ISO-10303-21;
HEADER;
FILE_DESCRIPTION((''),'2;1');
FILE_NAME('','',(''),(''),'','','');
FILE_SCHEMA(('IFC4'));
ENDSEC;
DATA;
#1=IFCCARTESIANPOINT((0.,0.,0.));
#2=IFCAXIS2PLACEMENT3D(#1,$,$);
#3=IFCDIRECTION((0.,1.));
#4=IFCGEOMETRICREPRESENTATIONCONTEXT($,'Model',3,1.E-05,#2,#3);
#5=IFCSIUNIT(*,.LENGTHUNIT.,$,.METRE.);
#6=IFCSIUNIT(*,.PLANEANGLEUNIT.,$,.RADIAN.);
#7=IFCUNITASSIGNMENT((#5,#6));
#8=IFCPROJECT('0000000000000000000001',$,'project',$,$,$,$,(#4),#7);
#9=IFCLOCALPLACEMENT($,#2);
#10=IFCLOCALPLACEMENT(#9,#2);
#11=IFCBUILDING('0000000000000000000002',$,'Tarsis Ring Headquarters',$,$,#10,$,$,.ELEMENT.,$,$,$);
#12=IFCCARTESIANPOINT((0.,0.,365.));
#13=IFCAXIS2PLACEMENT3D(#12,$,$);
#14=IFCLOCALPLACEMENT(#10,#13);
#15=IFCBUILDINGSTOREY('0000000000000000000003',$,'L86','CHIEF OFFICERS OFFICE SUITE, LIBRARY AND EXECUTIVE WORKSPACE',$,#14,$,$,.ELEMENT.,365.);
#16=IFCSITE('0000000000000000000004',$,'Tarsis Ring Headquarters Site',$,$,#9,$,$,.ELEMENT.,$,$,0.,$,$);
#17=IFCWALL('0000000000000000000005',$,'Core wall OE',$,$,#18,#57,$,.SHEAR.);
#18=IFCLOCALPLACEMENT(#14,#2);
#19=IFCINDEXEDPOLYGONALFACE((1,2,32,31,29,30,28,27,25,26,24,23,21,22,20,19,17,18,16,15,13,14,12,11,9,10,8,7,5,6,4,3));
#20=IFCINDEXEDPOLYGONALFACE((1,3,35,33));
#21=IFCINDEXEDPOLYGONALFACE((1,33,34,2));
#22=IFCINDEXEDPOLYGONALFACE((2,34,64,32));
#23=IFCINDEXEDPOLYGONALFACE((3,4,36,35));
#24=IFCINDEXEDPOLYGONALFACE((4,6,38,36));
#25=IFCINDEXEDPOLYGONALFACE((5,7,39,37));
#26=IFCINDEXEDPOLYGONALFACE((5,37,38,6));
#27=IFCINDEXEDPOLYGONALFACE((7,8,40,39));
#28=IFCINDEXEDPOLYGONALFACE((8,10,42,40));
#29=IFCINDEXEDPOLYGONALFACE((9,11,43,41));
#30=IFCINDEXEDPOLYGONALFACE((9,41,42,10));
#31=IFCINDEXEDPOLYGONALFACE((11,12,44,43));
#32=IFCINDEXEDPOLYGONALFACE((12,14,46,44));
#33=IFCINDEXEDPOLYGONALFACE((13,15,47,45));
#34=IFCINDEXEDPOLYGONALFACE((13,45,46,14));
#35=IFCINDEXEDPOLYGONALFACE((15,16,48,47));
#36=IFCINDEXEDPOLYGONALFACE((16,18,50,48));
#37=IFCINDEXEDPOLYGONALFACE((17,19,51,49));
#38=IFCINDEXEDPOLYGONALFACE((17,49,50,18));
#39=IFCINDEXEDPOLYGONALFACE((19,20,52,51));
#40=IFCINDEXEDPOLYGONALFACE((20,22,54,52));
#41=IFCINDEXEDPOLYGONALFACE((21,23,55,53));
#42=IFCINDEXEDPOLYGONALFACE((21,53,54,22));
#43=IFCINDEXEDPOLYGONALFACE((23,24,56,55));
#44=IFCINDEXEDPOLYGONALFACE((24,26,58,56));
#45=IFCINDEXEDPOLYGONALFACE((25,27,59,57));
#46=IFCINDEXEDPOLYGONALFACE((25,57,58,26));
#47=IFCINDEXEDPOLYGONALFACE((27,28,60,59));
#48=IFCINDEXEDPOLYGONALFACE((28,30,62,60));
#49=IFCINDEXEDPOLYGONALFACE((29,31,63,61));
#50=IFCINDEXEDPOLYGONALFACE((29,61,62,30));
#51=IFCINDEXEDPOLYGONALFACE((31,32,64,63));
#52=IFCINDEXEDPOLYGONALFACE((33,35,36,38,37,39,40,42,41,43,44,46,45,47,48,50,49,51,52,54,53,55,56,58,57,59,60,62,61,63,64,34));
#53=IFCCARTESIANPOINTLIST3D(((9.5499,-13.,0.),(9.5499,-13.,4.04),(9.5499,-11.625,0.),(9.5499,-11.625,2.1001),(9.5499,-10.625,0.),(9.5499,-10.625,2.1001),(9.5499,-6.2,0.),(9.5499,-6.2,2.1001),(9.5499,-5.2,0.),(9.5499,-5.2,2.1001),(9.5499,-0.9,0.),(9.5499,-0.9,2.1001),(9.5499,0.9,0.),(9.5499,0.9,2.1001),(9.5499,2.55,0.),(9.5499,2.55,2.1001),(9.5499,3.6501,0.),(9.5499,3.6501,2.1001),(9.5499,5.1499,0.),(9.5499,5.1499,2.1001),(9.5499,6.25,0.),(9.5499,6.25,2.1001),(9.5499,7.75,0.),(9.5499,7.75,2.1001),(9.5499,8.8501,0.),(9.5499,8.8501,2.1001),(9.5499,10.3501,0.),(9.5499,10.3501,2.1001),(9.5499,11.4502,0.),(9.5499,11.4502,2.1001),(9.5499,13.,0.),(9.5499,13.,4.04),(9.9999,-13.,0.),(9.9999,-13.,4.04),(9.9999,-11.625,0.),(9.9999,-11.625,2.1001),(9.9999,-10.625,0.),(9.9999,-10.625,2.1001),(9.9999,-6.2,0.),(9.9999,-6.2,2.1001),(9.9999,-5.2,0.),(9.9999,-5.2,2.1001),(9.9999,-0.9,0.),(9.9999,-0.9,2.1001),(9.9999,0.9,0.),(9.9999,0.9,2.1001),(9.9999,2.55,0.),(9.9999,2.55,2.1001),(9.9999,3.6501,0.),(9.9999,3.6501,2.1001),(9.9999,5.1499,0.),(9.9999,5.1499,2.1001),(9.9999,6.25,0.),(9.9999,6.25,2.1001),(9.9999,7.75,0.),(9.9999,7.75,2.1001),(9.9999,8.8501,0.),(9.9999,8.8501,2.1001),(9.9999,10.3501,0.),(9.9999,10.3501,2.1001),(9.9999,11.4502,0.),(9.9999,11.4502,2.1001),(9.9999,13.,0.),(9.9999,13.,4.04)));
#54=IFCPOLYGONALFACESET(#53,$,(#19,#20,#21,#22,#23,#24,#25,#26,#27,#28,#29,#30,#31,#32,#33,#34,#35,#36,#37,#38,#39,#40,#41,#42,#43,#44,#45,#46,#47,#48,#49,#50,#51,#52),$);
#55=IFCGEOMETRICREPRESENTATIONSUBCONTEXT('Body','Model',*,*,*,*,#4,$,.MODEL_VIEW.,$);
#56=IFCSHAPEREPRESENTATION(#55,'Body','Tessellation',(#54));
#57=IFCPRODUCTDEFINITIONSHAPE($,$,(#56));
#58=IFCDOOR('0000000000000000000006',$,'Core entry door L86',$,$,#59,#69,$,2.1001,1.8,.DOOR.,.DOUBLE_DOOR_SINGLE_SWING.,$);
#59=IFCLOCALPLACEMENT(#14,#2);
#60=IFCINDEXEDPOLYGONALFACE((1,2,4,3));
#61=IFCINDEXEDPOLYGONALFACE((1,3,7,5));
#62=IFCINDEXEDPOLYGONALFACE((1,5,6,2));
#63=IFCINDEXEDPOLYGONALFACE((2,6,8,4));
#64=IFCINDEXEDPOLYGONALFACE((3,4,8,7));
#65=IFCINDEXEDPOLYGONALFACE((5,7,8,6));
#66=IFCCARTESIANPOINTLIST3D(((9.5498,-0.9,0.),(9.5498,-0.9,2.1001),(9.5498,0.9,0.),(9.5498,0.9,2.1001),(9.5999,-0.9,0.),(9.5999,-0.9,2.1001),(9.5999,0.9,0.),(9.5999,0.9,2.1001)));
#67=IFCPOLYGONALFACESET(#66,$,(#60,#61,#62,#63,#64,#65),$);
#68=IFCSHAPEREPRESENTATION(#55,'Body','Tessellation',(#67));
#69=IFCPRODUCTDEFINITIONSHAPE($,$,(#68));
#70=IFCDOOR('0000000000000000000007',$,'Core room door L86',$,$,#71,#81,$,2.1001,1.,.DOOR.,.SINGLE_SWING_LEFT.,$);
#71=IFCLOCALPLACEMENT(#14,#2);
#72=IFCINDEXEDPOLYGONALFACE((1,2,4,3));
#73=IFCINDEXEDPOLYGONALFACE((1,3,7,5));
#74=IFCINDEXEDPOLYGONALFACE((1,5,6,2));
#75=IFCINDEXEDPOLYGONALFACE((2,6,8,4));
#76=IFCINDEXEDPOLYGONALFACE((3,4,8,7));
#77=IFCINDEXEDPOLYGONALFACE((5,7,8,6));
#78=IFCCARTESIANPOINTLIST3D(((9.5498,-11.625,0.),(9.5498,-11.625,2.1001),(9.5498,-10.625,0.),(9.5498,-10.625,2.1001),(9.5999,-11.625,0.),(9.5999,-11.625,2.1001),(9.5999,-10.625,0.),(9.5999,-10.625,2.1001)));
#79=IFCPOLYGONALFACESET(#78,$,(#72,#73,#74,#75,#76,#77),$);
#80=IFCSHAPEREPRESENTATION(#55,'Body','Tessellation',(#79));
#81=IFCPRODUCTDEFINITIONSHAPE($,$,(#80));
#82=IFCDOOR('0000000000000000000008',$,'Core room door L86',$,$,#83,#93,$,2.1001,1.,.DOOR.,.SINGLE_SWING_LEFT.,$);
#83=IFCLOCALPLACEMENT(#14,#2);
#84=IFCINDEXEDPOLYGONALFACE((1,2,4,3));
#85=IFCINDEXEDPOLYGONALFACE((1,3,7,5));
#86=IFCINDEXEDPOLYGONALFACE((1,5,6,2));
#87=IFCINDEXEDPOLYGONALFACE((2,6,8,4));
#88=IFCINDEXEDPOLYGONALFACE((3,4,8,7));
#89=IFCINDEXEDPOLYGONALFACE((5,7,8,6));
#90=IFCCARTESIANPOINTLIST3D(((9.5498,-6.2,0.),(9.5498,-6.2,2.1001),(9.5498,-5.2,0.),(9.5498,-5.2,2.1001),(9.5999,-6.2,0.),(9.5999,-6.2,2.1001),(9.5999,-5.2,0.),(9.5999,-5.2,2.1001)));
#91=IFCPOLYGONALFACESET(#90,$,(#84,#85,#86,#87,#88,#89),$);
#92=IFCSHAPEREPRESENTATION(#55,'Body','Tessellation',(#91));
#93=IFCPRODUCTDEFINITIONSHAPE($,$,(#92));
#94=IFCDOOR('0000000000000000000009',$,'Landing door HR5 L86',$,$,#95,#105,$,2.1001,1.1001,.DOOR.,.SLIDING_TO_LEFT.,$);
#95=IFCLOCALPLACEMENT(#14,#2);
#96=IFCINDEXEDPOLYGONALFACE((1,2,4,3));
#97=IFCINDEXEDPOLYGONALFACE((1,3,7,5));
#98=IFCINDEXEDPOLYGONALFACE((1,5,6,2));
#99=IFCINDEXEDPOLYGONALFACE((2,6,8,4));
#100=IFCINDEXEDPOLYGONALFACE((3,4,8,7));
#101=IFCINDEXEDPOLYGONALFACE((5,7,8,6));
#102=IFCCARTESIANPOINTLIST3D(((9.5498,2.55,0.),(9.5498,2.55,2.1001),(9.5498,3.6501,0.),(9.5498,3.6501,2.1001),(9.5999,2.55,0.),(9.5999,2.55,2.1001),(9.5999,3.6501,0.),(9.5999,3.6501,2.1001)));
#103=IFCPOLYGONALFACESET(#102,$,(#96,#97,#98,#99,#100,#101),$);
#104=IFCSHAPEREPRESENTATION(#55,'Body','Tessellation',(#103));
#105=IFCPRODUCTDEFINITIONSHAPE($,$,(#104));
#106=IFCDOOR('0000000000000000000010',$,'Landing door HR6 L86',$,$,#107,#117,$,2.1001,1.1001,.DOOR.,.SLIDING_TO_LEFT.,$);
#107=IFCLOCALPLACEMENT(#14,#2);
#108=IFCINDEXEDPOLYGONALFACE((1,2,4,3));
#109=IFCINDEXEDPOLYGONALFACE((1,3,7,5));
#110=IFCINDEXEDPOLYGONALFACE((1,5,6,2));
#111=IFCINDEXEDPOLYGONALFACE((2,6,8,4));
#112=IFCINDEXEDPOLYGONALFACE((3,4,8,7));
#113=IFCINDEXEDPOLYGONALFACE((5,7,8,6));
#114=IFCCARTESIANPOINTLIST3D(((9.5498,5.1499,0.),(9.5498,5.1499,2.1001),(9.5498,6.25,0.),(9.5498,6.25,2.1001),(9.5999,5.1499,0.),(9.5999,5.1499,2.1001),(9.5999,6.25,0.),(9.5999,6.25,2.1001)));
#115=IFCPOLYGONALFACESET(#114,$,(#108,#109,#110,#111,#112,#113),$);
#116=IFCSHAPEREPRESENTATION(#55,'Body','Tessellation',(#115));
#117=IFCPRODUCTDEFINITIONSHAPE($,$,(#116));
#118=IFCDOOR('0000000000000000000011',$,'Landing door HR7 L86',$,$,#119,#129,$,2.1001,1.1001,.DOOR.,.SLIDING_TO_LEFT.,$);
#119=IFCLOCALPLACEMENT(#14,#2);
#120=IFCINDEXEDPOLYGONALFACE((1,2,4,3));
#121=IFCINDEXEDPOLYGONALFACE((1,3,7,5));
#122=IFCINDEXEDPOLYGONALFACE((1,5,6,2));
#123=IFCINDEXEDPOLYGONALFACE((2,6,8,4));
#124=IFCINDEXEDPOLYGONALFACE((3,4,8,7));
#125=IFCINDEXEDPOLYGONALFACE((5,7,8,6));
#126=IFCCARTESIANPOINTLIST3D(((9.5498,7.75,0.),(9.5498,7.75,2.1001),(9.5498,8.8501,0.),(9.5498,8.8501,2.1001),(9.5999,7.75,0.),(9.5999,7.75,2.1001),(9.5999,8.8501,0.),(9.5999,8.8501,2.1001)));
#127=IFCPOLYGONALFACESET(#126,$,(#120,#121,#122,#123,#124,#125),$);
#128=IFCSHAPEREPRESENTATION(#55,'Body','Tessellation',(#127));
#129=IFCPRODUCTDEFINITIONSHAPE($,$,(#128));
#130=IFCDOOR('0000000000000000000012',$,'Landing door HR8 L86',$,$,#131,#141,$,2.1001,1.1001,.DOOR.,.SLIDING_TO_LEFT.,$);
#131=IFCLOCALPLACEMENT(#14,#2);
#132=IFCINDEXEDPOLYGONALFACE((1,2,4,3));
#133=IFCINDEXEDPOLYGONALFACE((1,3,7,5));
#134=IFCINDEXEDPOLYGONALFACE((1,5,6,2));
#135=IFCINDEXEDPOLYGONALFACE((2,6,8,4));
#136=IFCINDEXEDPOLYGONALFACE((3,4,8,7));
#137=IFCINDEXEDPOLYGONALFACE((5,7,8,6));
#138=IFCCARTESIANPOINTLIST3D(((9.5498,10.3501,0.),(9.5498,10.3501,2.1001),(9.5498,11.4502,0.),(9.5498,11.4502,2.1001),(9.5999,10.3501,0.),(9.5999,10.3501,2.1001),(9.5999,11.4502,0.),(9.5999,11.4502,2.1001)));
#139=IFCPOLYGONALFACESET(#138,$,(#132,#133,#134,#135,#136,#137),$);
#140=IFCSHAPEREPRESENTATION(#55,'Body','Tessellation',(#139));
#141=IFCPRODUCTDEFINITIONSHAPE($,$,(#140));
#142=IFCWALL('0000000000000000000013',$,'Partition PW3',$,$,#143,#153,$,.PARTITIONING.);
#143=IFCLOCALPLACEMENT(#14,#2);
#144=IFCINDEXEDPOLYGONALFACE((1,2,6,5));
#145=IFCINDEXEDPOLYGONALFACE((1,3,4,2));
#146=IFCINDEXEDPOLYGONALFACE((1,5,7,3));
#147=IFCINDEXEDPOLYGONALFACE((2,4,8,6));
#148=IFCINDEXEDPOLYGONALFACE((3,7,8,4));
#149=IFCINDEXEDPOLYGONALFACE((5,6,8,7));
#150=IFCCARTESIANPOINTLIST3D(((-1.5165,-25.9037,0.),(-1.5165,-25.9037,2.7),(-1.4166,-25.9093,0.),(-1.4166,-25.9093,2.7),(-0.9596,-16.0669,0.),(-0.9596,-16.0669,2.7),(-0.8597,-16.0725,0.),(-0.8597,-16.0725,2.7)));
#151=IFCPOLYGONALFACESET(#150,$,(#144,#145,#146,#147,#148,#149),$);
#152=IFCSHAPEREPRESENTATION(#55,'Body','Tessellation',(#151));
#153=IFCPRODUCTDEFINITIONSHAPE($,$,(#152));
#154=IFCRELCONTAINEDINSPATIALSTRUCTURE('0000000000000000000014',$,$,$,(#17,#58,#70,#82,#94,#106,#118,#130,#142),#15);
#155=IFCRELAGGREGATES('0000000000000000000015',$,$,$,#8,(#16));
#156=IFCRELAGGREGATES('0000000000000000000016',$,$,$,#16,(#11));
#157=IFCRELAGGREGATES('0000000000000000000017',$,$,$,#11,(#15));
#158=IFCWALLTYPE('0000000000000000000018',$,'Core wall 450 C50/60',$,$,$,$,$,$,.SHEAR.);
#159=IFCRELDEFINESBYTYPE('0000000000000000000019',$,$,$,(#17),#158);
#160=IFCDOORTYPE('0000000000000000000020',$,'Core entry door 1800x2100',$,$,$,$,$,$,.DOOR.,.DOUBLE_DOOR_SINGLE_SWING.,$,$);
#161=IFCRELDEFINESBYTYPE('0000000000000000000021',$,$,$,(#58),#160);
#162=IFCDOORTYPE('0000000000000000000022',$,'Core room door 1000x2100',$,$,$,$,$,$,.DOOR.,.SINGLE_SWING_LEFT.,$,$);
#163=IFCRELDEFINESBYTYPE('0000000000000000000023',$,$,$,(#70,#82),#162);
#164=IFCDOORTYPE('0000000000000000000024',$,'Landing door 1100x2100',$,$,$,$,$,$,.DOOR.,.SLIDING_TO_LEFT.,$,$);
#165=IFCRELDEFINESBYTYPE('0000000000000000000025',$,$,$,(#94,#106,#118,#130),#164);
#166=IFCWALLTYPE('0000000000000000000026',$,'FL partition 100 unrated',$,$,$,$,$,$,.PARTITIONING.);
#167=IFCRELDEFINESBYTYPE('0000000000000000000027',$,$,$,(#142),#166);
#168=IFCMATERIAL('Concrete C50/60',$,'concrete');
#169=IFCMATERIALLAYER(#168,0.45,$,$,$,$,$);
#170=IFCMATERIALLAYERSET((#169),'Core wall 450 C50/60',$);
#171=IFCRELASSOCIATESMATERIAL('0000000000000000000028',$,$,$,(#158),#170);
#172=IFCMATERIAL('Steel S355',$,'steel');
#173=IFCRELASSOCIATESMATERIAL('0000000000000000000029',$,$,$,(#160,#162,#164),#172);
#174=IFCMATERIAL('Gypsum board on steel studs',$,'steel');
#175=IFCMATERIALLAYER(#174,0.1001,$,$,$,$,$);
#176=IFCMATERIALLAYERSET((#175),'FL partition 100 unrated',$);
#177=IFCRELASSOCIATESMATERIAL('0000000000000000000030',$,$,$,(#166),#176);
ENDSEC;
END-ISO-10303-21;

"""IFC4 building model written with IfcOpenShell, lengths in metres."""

from ifc_helpers import new_model, si_unit, direction, frame, frame_2d, origin, place, context, subcontext, project, spatial, rectangle, extrude, material, layer, layer_set, type_object, element, fill, save


model = new_model("IFC4")

# Units and contexts
model_context = context("Model", 3, precision=1e-05, world=origin(), true_north=direction((0.0, 1.0)))
body_context = subcontext(model_context, "Body", "Model", "MODEL_VIEW")
ifc_project = project(units=[si_unit("LENGTHUNIT", "METRE"), si_unit("PLANEANGLEUNIT", "RADIAN")], contexts=[model_context])

# Site, building, storey
site_placement = place(None, origin())
site = spatial("IfcSite", under=ifc_project, at=site_placement, Name="Tarsis Ring Headquarters Site", CompositionType="ELEMENT", RefElevation=0.0)
building_placement = place(site_placement, origin())
building = spatial("IfcBuilding", under=site, at=building_placement, Name="Tarsis Ring Headquarters", CompositionType="ELEMENT")
storey_placement = place(building_placement, frame((0.0, 0.0, 365.0)))
storey = spatial("IfcBuildingStorey", under=building, at=storey_placement, Name="L86", Description="CHIEF OFFICERS OFFICE SUITE, LIBRARY AND EXECUTIVE WORKSPACE", CompositionType="ELEMENT", Elevation=365.0)

# Wall, openings, doors
ifc_material_1 = material(Name="Concrete C50/60", Category="concrete")
ifc_layer_1 = layer(ifc_material_1, 0.45)
ifc_layer_set_1 = layer_set([ifc_layer_1], Name="Core wall 450 C50/60")
wall_type_1 = type_object("IfcWallType", Name="Core wall 450 C50/60", PredefinedType="SHEAR", material=ifc_layer_set_1)
wall_1_placement = place(storey_placement, frame((9.7749, -13.0, 0.0), z_axis=(0.0, 0.0, 1.0), x_axis=(0.0, 1.0, 0.0)))
wall_1 = element("IfcWall", 1, at=wall_1_placement, inside=storey, type_object=wall_type_1, Name="Core wall OE", PredefinedType="SHEAR", context=body_context, shape_type="SweptSolid", body=[
    extrude(rectangle(XDim=26.0, YDim=0.45, at=frame_2d((13.0, 0.0))), origin(), (0.0, 0.0, 1.0), 4.04),
])
opening_1_placement = place(wall_1_placement, frame((1.375, 0.0, 0.0)))
opening_1 = element("IfcOpeningElement", 2, at=opening_1_placement, cuts=wall_1, PredefinedType="OPENING", context=body_context, shape_type="SweptSolid", body=[
    extrude(rectangle(XDim=1.0, YDim=2.1001, at=frame_2d((0.5, 1.05))), frame((0.0, 0.2349, 0.0), z_axis=(0.0, -1.0, 0.0), x_axis=(1.0, 0.0, 0.0)), (0.0, 0.0, 1.0), 0.47),
])
opening_2_placement = place(wall_1_placement, frame((6.8, 0.0, 0.0)))
opening_2 = element("IfcOpeningElement", 3, at=opening_2_placement, cuts=wall_1, PredefinedType="OPENING", context=body_context, shape_type="SweptSolid", body=[
    extrude(rectangle(XDim=1.0, YDim=2.1001, at=frame_2d((0.5, 1.05))), frame((0.0, 0.2349, 0.0), z_axis=(0.0, -1.0, 0.0), x_axis=(1.0, 0.0, 0.0)), (0.0, 0.0, 1.0), 0.47),
])
opening_3_placement = place(wall_1_placement, frame((12.1001, 0.0, 0.0)))
opening_3 = element("IfcOpeningElement", 4, at=opening_3_placement, cuts=wall_1, PredefinedType="OPENING", context=body_context, shape_type="SweptSolid", body=[
    extrude(rectangle(XDim=1.8, YDim=2.1001, at=frame_2d((0.8999, 1.05))), frame((0.0, 0.2349, 0.0), z_axis=(0.0, -1.0, 0.0), x_axis=(1.0, 0.0, 0.0)), (0.0, 0.0, 1.0), 0.47),
])
opening_4_placement = place(wall_1_placement, frame((15.55, 0.0, 0.0)))
opening_4 = element("IfcOpeningElement", 5, at=opening_4_placement, cuts=wall_1, PredefinedType="OPENING", context=body_context, shape_type="SweptSolid", body=[
    extrude(rectangle(XDim=1.1001, YDim=2.1001, at=frame_2d((0.55, 1.05))), frame((0.0, 0.2349, 0.0), z_axis=(0.0, -1.0, 0.0), x_axis=(1.0, 0.0, 0.0)), (0.0, 0.0, 1.0), 0.47),
])
opening_5_placement = place(wall_1_placement, frame((18.1499, 0.0, 0.0)))
opening_5 = element("IfcOpeningElement", 6, at=opening_5_placement, cuts=wall_1, PredefinedType="OPENING", context=body_context, shape_type="SweptSolid", body=[
    extrude(rectangle(XDim=1.1001, YDim=2.1001, at=frame_2d((0.55, 1.05))), frame((0.0, 0.2349, 0.0), z_axis=(0.0, -1.0, 0.0), x_axis=(1.0, 0.0, 0.0)), (0.0, 0.0, 1.0), 0.47),
])
opening_6_placement = place(wall_1_placement, frame((20.75, 0.0, 0.0)))
opening_6 = element("IfcOpeningElement", 7, at=opening_6_placement, cuts=wall_1, PredefinedType="OPENING", context=body_context, shape_type="SweptSolid", body=[
    extrude(rectangle(XDim=1.1001, YDim=2.1001, at=frame_2d((0.55, 1.05))), frame((0.0, 0.2349, 0.0), z_axis=(0.0, -1.0, 0.0), x_axis=(1.0, 0.0, 0.0)), (0.0, 0.0, 1.0), 0.47),
])
opening_7_placement = place(wall_1_placement, frame((23.3501, 0.0, 0.0)))
opening_7 = element("IfcOpeningElement", 8, at=opening_7_placement, cuts=wall_1, PredefinedType="OPENING", context=body_context, shape_type="SweptSolid", body=[
    extrude(rectangle(XDim=1.1001, YDim=2.1001, at=frame_2d((0.55, 1.05))), frame((0.0, 0.2349, 0.0), z_axis=(0.0, -1.0, 0.0), x_axis=(1.0, 0.0, 0.0)), (0.0, 0.0, 1.0), 0.47),
])
ifc_material_2 = material(Name="Steel S355", Category="steel")
door_type_1 = type_object("IfcDoorType", Name="Core entry door 1800x2100", OperationType="DOUBLE_DOOR_SINGLE_SWING", PredefinedType="DOOR", material=ifc_material_2)
door_1_placement = place(opening_3_placement, origin())
door_1 = element("IfcDoor", 9, at=door_1_placement, inside=storey, type_object=door_type_1, Name="Core entry door L86", OperationType="DOUBLE_DOOR_SINGLE_SWING", OverallHeight=2.1001, OverallWidth=1.8, PredefinedType="DOOR", context=body_context, shape_type="SweptSolid", body=[
    extrude(rectangle(XDim=1.8, YDim=2.1001, at=frame_2d((0.8999, 1.05))), frame((0.0, 0.2251, 0.0), z_axis=(0.0, -1.0, 0.0), x_axis=(1.0, 0.0, 0.0)), (0.0, 0.0, 1.0), 0.05),
])
fill(opening_3, door_1)
door_type_2 = type_object("IfcDoorType", Name="Core room door 1000x2100", OperationType="SINGLE_SWING_LEFT", PredefinedType="DOOR", material=ifc_material_2)
door_2_placement = place(opening_1_placement, origin())
door_2 = element("IfcDoor", 10, at=door_2_placement, inside=storey, type_object=door_type_2, Name="Core room door L86", OperationType="SINGLE_SWING_LEFT", OverallHeight=2.1001, OverallWidth=1.0, PredefinedType="DOOR", context=body_context, shape_type="SweptSolid", body=[
    extrude(rectangle(XDim=1.0, YDim=2.1001, at=frame_2d((0.5, 1.05))), frame((0.0, 0.2251, 0.0), z_axis=(0.0, -1.0, 0.0), x_axis=(1.0, 0.0, 0.0)), (0.0, 0.0, 1.0), 0.05),
])
fill(opening_1, door_2)
door_3_placement = place(opening_2_placement, origin())
door_3 = element("IfcDoor", 11, at=door_3_placement, inside=storey, type_object=door_type_2, Name="Core room door L86", OperationType="SINGLE_SWING_LEFT", OverallHeight=2.1001, OverallWidth=1.0, PredefinedType="DOOR", context=body_context, shape_type="SweptSolid", body=[
    extrude(rectangle(XDim=1.0, YDim=2.1001, at=frame_2d((0.5, 1.05))), frame((0.0, 0.2251, 0.0), z_axis=(0.0, -1.0, 0.0), x_axis=(1.0, 0.0, 0.0)), (0.0, 0.0, 1.0), 0.05),
])
fill(opening_2, door_3)
door_type_3 = type_object("IfcDoorType", Name="Landing door 1100x2100", OperationType="SLIDING_TO_LEFT", PredefinedType="DOOR", material=ifc_material_2)
door_4_placement = place(opening_4_placement, origin())
door_4 = element("IfcDoor", 12, at=door_4_placement, inside=storey, type_object=door_type_3, Name="Landing door HR5 L86", OperationType="SLIDING_TO_LEFT", OverallHeight=2.1001, OverallWidth=1.1001, PredefinedType="DOOR", context=body_context, shape_type="SweptSolid", body=[
    extrude(rectangle(XDim=1.1001, YDim=2.1001, at=frame_2d((0.55, 1.05))), frame((0.0, 0.2251, 0.0), z_axis=(0.0, -1.0, 0.0), x_axis=(1.0, 0.0, 0.0)), (0.0, 0.0, 1.0), 0.05),
])
fill(opening_4, door_4)
door_5_placement = place(opening_5_placement, origin())
door_5 = element("IfcDoor", 13, at=door_5_placement, inside=storey, type_object=door_type_3, Name="Landing door HR6 L86", OperationType="SLIDING_TO_LEFT", OverallHeight=2.1001, OverallWidth=1.1001, PredefinedType="DOOR", context=body_context, shape_type="SweptSolid", body=[
    extrude(rectangle(XDim=1.1001, YDim=2.1001, at=frame_2d((0.55, 1.05))), frame((0.0, 0.2251, 0.0), z_axis=(0.0, -1.0, 0.0), x_axis=(1.0, 0.0, 0.0)), (0.0, 0.0, 1.0), 0.05),
])
fill(opening_5, door_5)
door_6_placement = place(opening_6_placement, origin())
door_6 = element("IfcDoor", 14, at=door_6_placement, inside=storey, type_object=door_type_3, Name="Landing door HR7 L86", OperationType="SLIDING_TO_LEFT", OverallHeight=2.1001, OverallWidth=1.1001, PredefinedType="DOOR", context=body_context, shape_type="SweptSolid", body=[
    extrude(rectangle(XDim=1.1001, YDim=2.1001, at=frame_2d((0.55, 1.05))), frame((0.0, 0.2251, 0.0), z_axis=(0.0, -1.0, 0.0), x_axis=(1.0, 0.0, 0.0)), (0.0, 0.0, 1.0), 0.05),
])
fill(opening_6, door_6)
door_7_placement = place(opening_7_placement, origin())
door_7 = element("IfcDoor", 15, at=door_7_placement, inside=storey, type_object=door_type_3, Name="Landing door HR8 L86", OperationType="SLIDING_TO_LEFT", OverallHeight=2.1001, OverallWidth=1.1001, PredefinedType="DOOR", context=body_context, shape_type="SweptSolid", body=[
    extrude(rectangle(XDim=1.1001, YDim=2.1001, at=frame_2d((0.55, 1.05))), frame((0.0, 0.2251, 0.0), z_axis=(0.0, -1.0, 0.0), x_axis=(1.0, 0.0, 0.0)), (0.0, 0.0, 1.0), 0.05),
])
fill(opening_7, door_7)

# Wall
ifc_material_3 = material(Name="Gypsum board on steel studs", Category="steel")
ifc_layer_2 = layer(ifc_material_3, 0.1001)
ifc_layer_set_2 = layer_set([ifc_layer_2], Name="FL partition 100 unrated")
wall_type_2 = type_object("IfcWallType", Name="FL partition 100 unrated", PredefinedType="PARTITIONING", material=ifc_layer_set_2)
wall_2_placement = place(storey_placement, frame((-1.4666, -25.9065, 0.0), z_axis=(0.0, 0.0, 1.0), x_axis=(0.056523, 0.998401, 0.0)))
element("IfcWall", 16, at=wall_2_placement, inside=storey, type_object=wall_type_2, Name="Partition PW3", PredefinedType="PARTITIONING", context=body_context, shape_type="SweptSolid", body=[
    extrude(rectangle(XDim=9.8525, YDim=0.1001, at=frame_2d((4.9263, 0.0))), origin(), (0.0, 0.0, 1.0), 2.7),
])

save(model, "model.ifc")
